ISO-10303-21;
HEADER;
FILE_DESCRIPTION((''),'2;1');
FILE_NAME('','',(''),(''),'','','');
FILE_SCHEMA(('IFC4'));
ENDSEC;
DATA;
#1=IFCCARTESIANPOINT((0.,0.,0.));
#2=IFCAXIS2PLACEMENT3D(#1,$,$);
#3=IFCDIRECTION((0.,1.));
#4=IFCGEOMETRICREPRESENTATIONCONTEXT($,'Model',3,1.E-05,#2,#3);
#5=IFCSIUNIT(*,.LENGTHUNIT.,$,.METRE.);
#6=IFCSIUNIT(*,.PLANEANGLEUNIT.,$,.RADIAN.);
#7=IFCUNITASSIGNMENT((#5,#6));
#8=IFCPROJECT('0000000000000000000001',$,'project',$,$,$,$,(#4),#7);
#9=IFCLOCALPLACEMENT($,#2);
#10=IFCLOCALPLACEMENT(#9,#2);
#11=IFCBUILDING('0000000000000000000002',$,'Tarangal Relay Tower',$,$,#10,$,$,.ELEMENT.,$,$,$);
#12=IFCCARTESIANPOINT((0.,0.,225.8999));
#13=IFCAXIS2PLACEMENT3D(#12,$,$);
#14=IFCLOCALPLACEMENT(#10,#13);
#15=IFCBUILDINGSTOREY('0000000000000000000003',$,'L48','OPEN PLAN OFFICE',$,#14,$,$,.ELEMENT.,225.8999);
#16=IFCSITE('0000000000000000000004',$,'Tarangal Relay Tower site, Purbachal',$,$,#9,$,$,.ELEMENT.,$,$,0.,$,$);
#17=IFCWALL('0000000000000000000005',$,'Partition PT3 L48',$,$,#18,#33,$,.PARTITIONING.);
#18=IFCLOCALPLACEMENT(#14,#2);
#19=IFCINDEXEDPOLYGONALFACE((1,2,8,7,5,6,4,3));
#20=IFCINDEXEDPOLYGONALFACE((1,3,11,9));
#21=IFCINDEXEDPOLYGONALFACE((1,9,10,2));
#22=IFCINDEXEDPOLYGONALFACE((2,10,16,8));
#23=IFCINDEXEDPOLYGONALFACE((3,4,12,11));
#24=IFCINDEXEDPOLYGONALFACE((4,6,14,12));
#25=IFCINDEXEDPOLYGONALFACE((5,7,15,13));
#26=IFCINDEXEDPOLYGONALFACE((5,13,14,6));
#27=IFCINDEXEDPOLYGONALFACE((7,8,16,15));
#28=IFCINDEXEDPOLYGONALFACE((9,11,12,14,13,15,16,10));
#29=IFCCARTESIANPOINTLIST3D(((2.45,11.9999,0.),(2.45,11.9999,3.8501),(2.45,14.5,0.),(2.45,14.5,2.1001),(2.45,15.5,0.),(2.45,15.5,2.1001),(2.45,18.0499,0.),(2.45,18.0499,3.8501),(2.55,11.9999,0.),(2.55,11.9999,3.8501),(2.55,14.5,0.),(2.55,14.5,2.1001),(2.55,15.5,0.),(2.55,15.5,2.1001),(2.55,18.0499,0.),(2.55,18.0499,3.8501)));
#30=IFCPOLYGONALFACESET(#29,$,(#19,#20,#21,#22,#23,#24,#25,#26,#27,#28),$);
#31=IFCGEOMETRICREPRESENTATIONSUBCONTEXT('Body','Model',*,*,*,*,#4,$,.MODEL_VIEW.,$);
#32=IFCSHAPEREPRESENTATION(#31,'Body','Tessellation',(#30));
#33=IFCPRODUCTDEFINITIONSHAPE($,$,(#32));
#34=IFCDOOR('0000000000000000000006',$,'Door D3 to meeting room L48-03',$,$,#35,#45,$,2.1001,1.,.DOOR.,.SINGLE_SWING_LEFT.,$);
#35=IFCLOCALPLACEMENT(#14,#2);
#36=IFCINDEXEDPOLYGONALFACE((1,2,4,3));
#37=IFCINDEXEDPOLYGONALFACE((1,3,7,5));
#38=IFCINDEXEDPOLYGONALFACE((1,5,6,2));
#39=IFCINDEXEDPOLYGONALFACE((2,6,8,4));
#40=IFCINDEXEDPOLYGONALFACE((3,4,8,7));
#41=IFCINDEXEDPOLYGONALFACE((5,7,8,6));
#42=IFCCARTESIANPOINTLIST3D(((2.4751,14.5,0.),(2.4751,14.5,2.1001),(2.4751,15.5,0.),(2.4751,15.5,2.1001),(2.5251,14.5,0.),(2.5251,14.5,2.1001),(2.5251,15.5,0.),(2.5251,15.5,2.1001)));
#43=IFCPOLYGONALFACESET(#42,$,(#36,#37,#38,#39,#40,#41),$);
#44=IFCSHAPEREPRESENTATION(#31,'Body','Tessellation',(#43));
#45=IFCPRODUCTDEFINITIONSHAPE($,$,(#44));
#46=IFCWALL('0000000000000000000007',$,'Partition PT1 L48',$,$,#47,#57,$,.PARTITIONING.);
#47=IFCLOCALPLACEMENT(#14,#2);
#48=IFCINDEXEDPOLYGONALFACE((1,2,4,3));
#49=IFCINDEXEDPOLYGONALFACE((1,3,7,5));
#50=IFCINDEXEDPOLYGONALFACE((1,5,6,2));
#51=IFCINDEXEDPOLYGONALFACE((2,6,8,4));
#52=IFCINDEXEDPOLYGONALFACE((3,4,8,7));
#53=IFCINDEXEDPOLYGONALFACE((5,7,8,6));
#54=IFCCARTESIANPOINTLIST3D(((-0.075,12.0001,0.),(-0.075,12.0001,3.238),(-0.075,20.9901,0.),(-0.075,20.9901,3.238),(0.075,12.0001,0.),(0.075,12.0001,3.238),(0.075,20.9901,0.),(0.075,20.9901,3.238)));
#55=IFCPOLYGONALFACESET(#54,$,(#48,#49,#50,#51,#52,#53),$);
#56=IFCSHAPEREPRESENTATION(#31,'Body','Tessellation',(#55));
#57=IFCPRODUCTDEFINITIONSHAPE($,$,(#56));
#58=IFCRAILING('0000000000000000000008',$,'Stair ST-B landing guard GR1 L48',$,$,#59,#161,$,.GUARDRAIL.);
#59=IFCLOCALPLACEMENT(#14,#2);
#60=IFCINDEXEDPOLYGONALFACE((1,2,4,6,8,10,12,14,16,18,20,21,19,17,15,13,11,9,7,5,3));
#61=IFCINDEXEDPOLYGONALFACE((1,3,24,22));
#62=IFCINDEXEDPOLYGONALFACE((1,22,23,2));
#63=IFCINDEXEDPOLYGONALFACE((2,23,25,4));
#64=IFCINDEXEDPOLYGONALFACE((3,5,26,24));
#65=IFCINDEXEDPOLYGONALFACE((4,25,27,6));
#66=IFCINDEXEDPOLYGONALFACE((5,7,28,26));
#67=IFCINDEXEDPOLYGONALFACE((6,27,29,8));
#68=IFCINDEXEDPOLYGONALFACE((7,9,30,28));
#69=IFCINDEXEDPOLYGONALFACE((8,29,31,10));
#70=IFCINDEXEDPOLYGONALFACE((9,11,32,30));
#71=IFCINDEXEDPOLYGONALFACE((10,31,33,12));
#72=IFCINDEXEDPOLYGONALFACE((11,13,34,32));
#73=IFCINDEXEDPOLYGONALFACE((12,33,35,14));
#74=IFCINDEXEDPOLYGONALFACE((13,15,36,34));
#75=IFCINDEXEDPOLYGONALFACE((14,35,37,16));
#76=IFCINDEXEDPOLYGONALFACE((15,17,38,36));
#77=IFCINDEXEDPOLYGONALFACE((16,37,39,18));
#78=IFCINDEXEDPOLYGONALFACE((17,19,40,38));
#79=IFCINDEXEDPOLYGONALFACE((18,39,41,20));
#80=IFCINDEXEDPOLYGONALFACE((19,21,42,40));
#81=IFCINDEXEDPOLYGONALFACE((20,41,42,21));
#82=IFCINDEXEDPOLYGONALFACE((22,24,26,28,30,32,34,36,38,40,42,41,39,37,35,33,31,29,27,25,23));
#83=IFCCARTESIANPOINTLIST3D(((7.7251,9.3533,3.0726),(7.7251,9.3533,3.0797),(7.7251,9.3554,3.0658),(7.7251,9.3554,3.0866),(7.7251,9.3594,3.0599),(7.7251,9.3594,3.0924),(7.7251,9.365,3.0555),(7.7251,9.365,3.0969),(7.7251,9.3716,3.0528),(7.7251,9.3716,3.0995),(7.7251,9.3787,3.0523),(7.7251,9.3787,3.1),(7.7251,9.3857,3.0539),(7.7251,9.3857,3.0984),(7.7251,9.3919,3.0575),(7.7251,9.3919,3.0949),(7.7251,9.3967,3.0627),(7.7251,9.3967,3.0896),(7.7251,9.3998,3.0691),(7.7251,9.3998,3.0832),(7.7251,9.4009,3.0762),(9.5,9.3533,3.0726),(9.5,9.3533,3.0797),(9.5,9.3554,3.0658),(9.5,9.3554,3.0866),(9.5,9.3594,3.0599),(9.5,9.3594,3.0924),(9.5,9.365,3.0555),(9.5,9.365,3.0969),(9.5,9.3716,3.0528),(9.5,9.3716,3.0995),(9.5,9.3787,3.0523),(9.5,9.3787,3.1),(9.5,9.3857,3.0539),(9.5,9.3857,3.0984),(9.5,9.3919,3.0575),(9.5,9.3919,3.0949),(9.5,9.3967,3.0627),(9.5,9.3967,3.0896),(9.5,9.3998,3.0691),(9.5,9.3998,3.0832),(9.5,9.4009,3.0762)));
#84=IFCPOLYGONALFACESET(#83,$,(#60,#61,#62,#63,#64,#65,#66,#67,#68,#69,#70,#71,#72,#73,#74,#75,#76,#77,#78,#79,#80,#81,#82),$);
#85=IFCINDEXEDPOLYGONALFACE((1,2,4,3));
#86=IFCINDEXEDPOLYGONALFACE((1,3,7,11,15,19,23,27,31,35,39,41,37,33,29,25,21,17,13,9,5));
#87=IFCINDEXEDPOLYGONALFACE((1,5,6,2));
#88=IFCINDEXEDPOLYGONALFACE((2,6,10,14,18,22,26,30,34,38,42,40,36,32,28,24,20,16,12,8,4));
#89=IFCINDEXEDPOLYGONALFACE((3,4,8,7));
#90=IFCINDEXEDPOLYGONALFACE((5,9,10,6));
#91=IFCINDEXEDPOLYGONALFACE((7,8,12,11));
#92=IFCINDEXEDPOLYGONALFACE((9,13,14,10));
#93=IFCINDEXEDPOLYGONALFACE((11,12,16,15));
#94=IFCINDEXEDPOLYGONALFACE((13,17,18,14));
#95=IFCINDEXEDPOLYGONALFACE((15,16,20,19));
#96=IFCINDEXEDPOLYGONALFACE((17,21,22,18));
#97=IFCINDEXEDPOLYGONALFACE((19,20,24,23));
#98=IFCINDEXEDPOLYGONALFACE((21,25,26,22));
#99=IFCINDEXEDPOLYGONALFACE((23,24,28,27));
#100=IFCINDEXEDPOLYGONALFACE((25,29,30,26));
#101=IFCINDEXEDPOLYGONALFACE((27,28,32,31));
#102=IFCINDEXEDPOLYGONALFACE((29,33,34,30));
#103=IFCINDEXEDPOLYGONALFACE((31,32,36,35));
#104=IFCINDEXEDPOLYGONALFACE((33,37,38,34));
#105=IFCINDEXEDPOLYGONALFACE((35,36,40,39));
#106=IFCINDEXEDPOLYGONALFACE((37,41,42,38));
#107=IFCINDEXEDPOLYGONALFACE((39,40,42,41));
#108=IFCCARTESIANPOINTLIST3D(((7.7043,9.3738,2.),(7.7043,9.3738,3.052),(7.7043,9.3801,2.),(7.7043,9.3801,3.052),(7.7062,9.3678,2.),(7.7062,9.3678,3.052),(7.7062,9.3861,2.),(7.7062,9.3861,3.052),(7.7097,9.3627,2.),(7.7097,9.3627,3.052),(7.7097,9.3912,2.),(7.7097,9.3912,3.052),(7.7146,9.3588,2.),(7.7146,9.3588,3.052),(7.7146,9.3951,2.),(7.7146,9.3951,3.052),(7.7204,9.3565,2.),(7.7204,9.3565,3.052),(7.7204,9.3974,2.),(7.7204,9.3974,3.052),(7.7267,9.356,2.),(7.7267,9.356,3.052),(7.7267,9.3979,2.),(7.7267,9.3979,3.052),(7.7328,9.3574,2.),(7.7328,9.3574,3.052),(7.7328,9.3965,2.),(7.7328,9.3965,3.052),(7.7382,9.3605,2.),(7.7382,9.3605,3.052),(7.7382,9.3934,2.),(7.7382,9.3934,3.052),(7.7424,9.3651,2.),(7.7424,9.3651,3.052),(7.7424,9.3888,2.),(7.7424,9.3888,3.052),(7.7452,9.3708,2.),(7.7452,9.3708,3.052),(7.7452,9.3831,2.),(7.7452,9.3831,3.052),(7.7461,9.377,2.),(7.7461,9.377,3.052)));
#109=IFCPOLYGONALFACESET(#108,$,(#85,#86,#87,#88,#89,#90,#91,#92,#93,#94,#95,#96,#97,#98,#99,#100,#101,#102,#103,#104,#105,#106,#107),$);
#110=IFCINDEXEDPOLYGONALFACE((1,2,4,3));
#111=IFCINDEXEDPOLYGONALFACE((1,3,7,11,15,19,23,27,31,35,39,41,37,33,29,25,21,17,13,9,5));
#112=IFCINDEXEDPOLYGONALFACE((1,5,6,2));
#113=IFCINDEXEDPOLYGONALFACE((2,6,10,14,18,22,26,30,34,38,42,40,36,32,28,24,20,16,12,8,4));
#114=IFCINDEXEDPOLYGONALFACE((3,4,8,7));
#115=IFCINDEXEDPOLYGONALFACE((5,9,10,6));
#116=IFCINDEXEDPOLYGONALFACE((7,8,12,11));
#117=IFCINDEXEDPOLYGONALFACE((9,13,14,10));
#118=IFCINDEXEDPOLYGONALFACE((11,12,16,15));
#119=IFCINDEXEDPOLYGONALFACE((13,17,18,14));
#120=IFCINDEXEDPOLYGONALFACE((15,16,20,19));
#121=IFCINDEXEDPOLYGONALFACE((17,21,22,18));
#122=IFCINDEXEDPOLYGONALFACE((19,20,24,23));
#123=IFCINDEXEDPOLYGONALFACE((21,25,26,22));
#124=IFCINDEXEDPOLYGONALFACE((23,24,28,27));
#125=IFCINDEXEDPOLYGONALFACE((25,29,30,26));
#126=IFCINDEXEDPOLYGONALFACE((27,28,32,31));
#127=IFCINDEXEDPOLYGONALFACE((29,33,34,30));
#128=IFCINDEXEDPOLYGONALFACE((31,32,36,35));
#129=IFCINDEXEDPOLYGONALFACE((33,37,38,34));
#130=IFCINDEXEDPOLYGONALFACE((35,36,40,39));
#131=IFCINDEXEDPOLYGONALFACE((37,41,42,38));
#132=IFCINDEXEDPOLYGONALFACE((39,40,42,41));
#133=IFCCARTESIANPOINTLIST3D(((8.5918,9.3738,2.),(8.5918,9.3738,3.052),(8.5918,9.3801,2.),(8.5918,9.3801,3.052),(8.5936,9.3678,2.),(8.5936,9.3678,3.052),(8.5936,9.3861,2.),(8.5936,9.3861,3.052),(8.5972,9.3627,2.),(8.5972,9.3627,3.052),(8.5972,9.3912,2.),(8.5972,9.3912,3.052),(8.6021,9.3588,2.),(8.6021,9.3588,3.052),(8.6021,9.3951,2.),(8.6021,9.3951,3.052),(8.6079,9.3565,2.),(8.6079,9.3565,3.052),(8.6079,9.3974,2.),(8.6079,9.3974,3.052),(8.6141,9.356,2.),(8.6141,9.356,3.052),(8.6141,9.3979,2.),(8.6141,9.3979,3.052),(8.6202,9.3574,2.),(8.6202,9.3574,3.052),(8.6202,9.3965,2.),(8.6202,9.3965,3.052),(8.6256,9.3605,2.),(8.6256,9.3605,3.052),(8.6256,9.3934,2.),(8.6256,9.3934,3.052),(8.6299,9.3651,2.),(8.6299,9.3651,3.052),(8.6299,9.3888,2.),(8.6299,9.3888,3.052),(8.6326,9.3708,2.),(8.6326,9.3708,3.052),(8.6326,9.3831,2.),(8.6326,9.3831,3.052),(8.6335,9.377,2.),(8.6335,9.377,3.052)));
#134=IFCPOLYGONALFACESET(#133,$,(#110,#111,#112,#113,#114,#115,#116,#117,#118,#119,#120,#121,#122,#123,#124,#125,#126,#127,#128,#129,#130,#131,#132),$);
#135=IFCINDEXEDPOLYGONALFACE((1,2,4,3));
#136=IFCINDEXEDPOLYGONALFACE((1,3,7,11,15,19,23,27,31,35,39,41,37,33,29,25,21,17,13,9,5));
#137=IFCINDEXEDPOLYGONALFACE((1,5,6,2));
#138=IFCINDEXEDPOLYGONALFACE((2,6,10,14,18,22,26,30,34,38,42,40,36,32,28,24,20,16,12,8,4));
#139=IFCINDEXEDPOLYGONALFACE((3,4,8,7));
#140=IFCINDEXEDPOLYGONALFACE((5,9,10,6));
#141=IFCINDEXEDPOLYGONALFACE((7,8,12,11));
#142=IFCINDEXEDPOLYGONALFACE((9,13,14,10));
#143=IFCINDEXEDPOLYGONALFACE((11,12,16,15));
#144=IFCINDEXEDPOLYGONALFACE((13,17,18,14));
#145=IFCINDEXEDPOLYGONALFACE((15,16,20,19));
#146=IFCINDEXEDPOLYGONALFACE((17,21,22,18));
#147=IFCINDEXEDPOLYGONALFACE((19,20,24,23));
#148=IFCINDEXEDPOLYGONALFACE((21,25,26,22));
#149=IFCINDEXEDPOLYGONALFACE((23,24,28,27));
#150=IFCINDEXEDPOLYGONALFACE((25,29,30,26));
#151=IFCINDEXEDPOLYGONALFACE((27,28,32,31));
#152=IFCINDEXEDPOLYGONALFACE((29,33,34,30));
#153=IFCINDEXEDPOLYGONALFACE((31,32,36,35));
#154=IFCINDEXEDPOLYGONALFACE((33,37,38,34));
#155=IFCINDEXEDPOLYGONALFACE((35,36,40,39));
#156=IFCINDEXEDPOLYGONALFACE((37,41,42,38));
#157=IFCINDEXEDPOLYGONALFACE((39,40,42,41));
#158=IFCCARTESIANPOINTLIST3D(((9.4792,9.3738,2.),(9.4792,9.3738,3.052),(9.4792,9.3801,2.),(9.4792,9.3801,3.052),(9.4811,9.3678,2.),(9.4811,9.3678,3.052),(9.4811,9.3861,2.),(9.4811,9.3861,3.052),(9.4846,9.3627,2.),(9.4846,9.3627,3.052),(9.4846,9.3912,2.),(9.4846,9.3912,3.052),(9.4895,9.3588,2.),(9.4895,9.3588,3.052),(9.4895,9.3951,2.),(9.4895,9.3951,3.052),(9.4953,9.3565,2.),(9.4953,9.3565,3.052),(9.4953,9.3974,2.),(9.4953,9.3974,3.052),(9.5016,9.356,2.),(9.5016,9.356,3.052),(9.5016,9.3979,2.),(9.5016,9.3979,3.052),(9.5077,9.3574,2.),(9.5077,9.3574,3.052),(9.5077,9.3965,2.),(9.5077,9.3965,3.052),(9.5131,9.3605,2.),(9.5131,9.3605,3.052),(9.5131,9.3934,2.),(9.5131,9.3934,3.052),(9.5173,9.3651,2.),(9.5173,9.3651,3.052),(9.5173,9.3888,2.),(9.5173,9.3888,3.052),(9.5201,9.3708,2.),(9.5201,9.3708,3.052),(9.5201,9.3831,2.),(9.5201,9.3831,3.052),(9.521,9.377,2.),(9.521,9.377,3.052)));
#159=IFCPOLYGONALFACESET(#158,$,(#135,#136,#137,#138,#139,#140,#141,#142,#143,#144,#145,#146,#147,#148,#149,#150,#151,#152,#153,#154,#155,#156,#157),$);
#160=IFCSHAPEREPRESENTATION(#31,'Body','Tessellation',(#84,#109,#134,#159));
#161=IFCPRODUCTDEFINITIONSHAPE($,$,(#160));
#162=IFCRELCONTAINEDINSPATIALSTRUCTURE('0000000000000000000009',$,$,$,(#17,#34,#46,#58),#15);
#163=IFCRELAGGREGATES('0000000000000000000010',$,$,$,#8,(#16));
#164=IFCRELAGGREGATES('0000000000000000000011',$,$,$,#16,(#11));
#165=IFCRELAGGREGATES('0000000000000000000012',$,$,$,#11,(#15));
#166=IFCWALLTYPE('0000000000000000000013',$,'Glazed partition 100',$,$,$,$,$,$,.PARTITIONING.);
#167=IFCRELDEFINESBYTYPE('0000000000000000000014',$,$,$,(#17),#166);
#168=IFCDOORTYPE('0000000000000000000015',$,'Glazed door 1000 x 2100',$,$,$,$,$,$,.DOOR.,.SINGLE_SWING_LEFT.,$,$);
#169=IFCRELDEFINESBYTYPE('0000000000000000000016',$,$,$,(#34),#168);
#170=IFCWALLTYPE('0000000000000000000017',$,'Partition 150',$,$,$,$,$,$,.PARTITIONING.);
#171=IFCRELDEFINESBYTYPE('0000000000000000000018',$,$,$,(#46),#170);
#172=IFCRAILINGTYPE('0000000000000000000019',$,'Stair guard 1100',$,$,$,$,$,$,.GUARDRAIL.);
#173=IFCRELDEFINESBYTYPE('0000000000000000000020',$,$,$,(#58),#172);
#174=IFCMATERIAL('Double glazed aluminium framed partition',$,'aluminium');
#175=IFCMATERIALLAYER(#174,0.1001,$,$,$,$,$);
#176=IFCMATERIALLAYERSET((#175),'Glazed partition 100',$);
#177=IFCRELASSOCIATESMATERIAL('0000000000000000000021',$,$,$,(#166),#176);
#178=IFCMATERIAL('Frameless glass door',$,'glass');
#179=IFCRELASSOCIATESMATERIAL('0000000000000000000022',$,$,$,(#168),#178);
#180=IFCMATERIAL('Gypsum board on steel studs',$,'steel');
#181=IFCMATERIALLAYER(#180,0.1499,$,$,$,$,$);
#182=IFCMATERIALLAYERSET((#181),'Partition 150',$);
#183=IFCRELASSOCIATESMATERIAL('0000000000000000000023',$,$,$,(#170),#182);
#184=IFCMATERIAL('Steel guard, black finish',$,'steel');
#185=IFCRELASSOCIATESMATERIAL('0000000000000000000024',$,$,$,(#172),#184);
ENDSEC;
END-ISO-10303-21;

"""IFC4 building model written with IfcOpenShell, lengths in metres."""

from ifc_helpers import new_model, si_unit, direction, frame, frame_2d, origin, origin_2d, place, context, subcontext, project, spatial, rectangle, circle, extrude, material, layer, layer_set, type_object, element, fill, save


model = new_model("IFC4")

# Units and contexts
model_context = context("Model", 3, precision=1e-05, world=origin(), true_north=direction((0.0, 1.0)))
body_context = subcontext(model_context, "Body", "Model", "MODEL_VIEW")
ifc_project = project(units=[si_unit("LENGTHUNIT", "METRE"), si_unit("PLANEANGLEUNIT", "RADIAN")], contexts=[model_context])

# Site, building, storey
site_placement = place(None, origin())
site = spatial("IfcSite", under=ifc_project, at=site_placement, Name="Tarangal Relay Tower site, Purbachal", CompositionType="ELEMENT", RefElevation=0.0)
building_placement = place(site_placement, origin())
building = spatial("IfcBuilding", under=site, at=building_placement, Name="Tarangal Relay Tower", CompositionType="ELEMENT")
storey_placement = place(building_placement, frame((0.0, 0.0, 225.8999)))
storey = spatial("IfcBuildingStorey", under=building, at=storey_placement, Name="L48", Description="OPEN PLAN OFFICE", CompositionType="ELEMENT", Elevation=225.8999)

# Wall, opening, door
ifc_material_1 = material(Name="Double glazed aluminium framed partition", Category="aluminium")
ifc_layer_1 = layer(ifc_material_1, 0.1001)
ifc_layer_set_1 = layer_set([ifc_layer_1], Name="Glazed partition 100")
wall_type_1 = type_object("IfcWallType", Name="Glazed partition 100", PredefinedType="PARTITIONING", material=ifc_layer_set_1)
wall_1_placement = place(storey_placement, frame((2.5, 12.0, 0.0), z_axis=(0.0, 0.0, 1.0), x_axis=(0.0, 1.0, 0.0)))
wall_1 = element("IfcWall", 1, at=wall_1_placement, inside=storey, type_object=wall_type_1, Name="Partition PT3 L48", PredefinedType="PARTITIONING", context=body_context, shape_type="SweptSolid", body=[
    extrude(rectangle(XDim=6.05, YDim=0.1001, at=frame_2d((3.0249, 0.0))), origin(), (0.0, 0.0, 1.0), 3.8501),
])
opening_1_placement = place(wall_1_placement, frame((2.5, 0.0, 0.0)))
opening_1 = element("IfcOpeningElement", 2, at=opening_1_placement, cuts=wall_1, PredefinedType="OPENING", context=body_context, shape_type="SweptSolid", body=[
    extrude(rectangle(XDim=1.0, YDim=2.1001, at=frame_2d((0.5, 1.05))), frame((0.0, 0.0601, 0.0), z_axis=(0.0, -1.0, 0.0), x_axis=(1.0, 0.0, 0.0)), (0.0, 0.0, 1.0), 0.1201),
])
ifc_material_2 = material(Name="Frameless glass door", Category="glass")
door_type_1 = type_object("IfcDoorType", Name="Glazed door 1000 x 2100", OperationType="SINGLE_SWING_LEFT", PredefinedType="DOOR", material=ifc_material_2)
door_1_placement = place(opening_1_placement, origin())
door_1 = element("IfcDoor", 3, at=door_1_placement, inside=storey, type_object=door_type_1, Name="Door D3 to meeting room L48-03", OperationType="SINGLE_SWING_LEFT", OverallHeight=2.1001, OverallWidth=1.0, PredefinedType="DOOR", context=body_context, shape_type="SweptSolid", body=[
    extrude(rectangle(XDim=1.0, YDim=2.1001, at=frame_2d((0.5, 1.05))), frame((0.0, 0.0249, 0.0), z_axis=(0.0, -1.0, 0.0), x_axis=(1.0, 0.0, 0.0)), (0.0, 0.0, 1.0), 0.05),
])
fill(opening_1, door_1)

# Wall
ifc_material_3 = material(Name="Gypsum board on steel studs", Category="steel")
ifc_layer_2 = layer(ifc_material_3, 0.1499)
ifc_layer_set_2 = layer_set([ifc_layer_2], Name="Partition 150")
wall_type_2 = type_object("IfcWallType", Name="Partition 150", PredefinedType="PARTITIONING", material=ifc_layer_set_2)
wall_2_placement = place(storey_placement, frame((0.0, 12.0, 0.0), z_axis=(0.0, 0.0, 1.0), x_axis=(0.0, 1.0, 0.0)))
element("IfcWall", 4, at=wall_2_placement, inside=storey, type_object=wall_type_2, Name="Partition PT1 L48", PredefinedType="PARTITIONING", context=body_context, shape_type="SweptSolid", body=[
    extrude(rectangle(XDim=8.99, YDim=0.1499, at=frame_2d((4.4951, 0.0))), origin(), (0.0, 0.0, 1.0), 3.238),
])

# Railing
ifc_material_4 = material(Name="Steel guard, black finish", Category="steel")
railing_type = type_object("IfcRailingType", Name="Stair guard 1100", PredefinedType="GUARDRAIL", material=ifc_material_4)
railing_placement = place(storey_placement, frame((7.7251, 9.377, 2.0)))
element("IfcRailing", 5, at=railing_placement, inside=storey, type_object=railing_type, Name="Stair ST-B landing guard GR1 L48", PredefinedType="GUARDRAIL", context=body_context, shape_type="SweptSolid", body=[
    extrude(circle(Radius=0.0239, at=origin_2d()), frame((0.0, 0.0, 1.0762), z_axis=(1.0, 0.0, 0.0), x_axis=(0.0, 1.0, 0.0)), (0.0, 0.0, 1.0), 1.7749),
    extrude(circle(Radius=0.021, at=origin_2d()), origin(), (0.0, 0.0, 1.0), 1.052),
    extrude(circle(Radius=0.021, at=origin_2d()), frame((0.8875, 0.0, 0.0)), (0.0, 0.0, 1.0), 1.052),
    extrude(circle(Radius=0.021, at=origin_2d()), frame((1.7749, 0.0, 0.0)), (0.0, 0.0, 1.0), 1.052),
])

save(model, "model.ifc")
